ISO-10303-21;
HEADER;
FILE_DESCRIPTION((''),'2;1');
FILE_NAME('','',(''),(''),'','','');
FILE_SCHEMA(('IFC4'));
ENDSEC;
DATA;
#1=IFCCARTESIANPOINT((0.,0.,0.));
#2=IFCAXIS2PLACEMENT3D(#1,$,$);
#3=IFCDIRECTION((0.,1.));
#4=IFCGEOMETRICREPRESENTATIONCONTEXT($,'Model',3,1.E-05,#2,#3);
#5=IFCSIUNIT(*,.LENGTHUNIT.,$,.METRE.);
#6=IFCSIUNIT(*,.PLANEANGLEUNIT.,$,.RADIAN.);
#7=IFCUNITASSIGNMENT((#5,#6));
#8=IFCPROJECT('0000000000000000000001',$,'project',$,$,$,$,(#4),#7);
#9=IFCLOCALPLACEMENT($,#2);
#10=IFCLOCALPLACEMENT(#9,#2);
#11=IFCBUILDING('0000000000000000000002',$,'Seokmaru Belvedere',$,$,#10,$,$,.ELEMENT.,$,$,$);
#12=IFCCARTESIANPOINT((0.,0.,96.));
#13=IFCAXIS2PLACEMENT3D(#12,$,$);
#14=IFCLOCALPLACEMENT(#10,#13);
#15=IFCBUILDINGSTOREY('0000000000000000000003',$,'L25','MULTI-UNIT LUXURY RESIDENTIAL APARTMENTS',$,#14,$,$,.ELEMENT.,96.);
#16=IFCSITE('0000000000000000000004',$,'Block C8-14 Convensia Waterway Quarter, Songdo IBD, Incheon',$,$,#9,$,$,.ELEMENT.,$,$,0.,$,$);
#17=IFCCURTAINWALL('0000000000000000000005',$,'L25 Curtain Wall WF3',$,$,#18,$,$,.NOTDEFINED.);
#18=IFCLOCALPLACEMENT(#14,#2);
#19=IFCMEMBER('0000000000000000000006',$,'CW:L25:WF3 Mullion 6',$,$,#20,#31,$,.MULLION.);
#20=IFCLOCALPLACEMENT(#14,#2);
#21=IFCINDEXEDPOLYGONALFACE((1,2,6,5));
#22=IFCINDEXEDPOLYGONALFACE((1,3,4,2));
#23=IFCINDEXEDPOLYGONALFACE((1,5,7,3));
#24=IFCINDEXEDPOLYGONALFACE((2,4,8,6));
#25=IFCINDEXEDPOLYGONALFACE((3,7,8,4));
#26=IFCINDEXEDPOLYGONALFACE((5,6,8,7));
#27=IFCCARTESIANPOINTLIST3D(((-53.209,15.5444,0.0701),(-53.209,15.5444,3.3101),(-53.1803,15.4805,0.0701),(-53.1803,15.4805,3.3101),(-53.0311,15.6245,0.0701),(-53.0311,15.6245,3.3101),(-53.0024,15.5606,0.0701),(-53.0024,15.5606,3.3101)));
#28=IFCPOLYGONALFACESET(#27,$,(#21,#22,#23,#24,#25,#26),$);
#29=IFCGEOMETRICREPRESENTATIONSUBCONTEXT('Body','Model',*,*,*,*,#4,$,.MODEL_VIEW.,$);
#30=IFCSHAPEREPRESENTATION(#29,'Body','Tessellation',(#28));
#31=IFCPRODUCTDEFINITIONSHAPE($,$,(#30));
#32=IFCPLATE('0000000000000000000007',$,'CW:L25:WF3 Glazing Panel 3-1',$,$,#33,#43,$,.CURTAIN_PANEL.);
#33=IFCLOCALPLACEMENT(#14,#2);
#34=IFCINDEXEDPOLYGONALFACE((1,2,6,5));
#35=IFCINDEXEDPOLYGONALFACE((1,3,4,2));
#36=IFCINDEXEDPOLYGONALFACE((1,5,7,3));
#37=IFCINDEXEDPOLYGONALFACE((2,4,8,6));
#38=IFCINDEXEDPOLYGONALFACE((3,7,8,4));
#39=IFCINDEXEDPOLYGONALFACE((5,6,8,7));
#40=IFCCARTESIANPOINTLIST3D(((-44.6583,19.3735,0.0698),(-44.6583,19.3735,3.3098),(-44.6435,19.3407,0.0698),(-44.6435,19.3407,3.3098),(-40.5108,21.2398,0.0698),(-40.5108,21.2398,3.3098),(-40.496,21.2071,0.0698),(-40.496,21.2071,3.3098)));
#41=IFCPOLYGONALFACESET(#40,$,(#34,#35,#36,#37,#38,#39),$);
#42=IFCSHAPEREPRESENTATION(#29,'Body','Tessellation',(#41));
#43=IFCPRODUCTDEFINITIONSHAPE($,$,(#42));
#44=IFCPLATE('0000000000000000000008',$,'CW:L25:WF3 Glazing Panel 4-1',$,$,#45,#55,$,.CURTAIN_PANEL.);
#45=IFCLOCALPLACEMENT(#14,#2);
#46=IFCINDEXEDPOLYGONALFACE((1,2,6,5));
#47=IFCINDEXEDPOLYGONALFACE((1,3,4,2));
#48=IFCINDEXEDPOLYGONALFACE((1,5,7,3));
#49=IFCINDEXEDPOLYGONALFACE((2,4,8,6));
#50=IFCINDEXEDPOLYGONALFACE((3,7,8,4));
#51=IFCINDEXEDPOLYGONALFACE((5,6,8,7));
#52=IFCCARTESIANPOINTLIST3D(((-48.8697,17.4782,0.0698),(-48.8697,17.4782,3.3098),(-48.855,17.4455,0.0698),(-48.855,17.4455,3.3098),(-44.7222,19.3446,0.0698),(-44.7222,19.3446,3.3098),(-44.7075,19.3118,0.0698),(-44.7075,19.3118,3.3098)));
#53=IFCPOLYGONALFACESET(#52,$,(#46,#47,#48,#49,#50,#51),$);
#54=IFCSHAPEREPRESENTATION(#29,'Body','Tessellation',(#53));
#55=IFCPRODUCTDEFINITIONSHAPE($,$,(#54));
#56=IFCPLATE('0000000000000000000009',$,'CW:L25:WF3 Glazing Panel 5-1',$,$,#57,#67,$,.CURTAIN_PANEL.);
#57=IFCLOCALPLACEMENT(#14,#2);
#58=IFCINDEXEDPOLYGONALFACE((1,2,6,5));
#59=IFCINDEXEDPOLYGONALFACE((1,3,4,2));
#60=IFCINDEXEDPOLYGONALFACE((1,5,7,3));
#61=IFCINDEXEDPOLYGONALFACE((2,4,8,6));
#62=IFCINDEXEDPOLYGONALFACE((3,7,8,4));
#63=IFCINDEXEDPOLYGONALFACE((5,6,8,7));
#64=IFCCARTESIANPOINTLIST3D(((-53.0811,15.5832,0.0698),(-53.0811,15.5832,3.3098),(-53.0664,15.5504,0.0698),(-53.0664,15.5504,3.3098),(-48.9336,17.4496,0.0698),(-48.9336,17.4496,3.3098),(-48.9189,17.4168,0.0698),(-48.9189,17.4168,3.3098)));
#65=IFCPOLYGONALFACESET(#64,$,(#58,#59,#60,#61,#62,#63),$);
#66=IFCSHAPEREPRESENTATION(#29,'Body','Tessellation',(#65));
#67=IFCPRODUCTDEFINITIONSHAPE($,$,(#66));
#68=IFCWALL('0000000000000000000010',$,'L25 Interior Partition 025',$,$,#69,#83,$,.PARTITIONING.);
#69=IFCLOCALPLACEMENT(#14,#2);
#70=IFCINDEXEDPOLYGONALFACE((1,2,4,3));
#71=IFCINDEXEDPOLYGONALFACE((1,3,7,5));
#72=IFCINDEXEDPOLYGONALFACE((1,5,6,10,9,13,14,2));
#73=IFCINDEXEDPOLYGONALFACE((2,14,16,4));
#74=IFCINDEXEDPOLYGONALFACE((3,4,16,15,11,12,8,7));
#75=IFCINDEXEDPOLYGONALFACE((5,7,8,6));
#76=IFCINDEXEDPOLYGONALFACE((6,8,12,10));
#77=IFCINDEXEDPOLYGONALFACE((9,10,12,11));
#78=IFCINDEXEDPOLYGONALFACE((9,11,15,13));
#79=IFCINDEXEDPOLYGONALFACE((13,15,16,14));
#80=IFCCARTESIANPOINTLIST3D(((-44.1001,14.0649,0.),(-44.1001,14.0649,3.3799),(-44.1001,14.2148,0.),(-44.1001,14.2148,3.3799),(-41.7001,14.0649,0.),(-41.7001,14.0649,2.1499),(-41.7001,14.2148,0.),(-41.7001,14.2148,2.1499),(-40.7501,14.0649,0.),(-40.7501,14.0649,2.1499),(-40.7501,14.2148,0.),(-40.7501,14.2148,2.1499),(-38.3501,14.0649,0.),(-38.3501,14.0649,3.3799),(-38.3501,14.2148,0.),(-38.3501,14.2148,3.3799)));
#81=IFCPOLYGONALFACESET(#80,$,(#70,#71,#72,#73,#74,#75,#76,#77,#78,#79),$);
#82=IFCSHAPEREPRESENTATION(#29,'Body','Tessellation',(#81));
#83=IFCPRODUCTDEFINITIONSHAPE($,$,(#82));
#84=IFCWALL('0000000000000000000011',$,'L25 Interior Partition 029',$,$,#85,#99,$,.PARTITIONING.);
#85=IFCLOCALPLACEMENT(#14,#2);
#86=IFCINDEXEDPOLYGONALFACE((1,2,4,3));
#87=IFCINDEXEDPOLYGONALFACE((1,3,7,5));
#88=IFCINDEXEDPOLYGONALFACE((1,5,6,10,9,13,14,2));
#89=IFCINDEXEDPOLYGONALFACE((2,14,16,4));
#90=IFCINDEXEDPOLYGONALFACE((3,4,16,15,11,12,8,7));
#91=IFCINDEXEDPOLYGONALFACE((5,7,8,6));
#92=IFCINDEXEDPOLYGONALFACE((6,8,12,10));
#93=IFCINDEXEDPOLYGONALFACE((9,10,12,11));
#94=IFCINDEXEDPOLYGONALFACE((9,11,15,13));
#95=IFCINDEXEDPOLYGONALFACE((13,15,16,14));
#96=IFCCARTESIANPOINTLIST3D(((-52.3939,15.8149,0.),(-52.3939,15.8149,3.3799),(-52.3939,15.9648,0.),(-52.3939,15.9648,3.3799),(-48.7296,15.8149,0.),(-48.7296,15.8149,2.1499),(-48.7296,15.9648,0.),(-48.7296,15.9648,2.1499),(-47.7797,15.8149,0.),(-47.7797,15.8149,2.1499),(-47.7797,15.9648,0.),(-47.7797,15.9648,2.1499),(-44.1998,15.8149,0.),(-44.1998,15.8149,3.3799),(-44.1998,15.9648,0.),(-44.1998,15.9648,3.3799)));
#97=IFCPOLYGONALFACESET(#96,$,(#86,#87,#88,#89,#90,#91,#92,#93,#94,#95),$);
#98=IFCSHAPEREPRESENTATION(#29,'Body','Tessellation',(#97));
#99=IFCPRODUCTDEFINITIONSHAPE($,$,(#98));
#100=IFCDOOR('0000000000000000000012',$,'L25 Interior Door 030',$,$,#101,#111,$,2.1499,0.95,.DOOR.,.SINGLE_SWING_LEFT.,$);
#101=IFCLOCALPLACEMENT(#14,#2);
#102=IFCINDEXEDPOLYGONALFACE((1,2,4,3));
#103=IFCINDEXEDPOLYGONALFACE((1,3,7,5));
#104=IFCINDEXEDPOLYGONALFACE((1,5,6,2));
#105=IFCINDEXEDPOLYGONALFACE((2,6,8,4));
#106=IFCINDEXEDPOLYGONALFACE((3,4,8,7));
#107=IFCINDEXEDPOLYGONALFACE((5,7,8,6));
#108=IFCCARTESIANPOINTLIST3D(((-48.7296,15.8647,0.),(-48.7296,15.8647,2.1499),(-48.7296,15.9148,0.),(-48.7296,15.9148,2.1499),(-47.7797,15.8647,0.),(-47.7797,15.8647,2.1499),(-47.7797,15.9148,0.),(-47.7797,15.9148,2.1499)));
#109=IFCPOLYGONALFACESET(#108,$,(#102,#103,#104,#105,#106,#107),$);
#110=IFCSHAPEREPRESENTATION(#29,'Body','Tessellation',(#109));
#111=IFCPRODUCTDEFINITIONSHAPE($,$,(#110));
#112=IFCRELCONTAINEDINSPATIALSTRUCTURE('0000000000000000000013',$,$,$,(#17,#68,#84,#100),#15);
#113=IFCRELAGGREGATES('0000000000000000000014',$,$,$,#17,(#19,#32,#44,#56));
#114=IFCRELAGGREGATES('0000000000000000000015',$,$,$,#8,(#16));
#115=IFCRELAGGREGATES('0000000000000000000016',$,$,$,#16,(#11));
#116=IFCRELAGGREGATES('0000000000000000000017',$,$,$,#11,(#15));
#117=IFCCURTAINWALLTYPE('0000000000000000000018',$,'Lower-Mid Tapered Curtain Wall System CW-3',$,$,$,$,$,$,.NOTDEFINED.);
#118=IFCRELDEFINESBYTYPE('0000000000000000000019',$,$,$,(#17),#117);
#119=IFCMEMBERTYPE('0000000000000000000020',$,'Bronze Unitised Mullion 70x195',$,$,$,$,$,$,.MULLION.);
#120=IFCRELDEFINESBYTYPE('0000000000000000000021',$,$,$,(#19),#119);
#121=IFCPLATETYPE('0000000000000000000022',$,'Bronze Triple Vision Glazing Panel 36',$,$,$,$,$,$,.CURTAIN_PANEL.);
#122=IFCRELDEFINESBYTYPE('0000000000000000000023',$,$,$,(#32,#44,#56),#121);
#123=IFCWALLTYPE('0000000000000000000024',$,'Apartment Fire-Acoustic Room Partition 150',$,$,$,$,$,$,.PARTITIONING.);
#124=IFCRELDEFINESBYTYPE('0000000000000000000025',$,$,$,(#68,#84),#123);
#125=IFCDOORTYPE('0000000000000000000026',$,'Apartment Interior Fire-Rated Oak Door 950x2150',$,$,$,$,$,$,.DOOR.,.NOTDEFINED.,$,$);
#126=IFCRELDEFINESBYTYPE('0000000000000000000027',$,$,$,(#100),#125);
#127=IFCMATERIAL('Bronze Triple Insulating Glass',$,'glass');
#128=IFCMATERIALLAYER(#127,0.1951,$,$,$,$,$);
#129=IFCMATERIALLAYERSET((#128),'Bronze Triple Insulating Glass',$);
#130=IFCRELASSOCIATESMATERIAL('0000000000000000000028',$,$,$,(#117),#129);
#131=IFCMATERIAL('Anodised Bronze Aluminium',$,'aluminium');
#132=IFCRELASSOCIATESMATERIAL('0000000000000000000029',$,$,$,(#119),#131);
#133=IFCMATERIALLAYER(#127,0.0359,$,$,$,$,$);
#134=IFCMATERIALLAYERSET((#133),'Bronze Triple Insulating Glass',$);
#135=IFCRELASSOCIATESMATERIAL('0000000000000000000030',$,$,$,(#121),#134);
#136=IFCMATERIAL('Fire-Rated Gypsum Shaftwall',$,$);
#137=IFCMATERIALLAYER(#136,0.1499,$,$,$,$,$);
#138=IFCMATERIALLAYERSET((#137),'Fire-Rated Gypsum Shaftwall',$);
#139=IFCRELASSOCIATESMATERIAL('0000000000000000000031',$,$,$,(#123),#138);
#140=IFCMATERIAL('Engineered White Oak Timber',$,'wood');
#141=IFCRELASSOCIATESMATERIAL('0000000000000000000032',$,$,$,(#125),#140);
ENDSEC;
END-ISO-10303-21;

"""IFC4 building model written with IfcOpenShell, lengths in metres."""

from ifc_helpers import new_model, si_unit, direction, frame, frame_2d, origin, origin_2d, place, context, subcontext, project, spatial, rectangle, extrude, source, transform, mapped, material, layer, layer_set, material_profile, profile_set, type_object, type_shapes, element, fill, aggregate, save


model = new_model("IFC4")

# Units and contexts
model_context = context("Model", 3, precision=1e-05, world=origin(), true_north=direction((0.0, 1.0)))
body_context = subcontext(model_context, "Body", "Model", "MODEL_VIEW")
ifc_project = project(units=[si_unit("LENGTHUNIT", "METRE"), si_unit("PLANEANGLEUNIT", "RADIAN")], contexts=[model_context])

# Site, building, storey
site_placement = place(None, origin())
site = spatial("IfcSite", under=ifc_project, at=site_placement, Name="Block C8-14 Convensia Waterway Quarter, Songdo IBD, Incheon", CompositionType="ELEMENT", RefElevation=0.0)
building_placement = place(site_placement, origin())
building = spatial("IfcBuilding", under=site, at=building_placement, Name="Seokmaru Belvedere", CompositionType="ELEMENT")
storey_placement = place(building_placement, frame((0.0, 0.0, 96.0)))
storey = spatial("IfcBuildingStorey", under=building, at=storey_placement, Name="L25", Description="MULTI-UNIT LUXURY RESIDENTIAL APARTMENTS", CompositionType="ELEMENT", Elevation=96.0)

# Curtain wall, member, plates
ifc_material_1 = material(Name="Bronze Triple Insulating Glass", Category="glass")
ifc_layer_1 = layer(ifc_material_1, 0.1951)
ifc_layer_set_1 = layer_set([ifc_layer_1], Name="Bronze Triple Insulating Glass")
curtain_wall_type = type_object("IfcCurtainWallType", Name="Lower-Mid Tapered Curtain Wall System CW-3", PredefinedType="NOTDEFINED", material=ifc_layer_set_1)
curtain_wall_placement = place(storey_placement, origin())
curtain_wall = element("IfcCurtainWall", 1, at=curtain_wall_placement, inside=storey, type_object=curtain_wall_type, Name="L25 Curtain Wall WF3", PredefinedType="NOTDEFINED")
ifc_material_2 = material(Name="Anodised Bronze Aluminium", Category="aluminium")
ifc_material_profile_1 = material_profile(ifc_material_2, rectangle(XDim=0.0701, YDim=0.1951, at=origin_2d()), Name="CW-M-70x195")
ifc_profile_set_1 = profile_set([ifc_material_profile_1], Name="Anodised Bronze Aluminium")
member_type = type_object("IfcMemberType", Name="Bronze Unitised Mullion 70x195", PredefinedType="MULLION", material=ifc_profile_set_1)
shared_shape_1 = source(origin(), body_context, "Body", "SweptSolid", [
    extrude(rectangle(XDim=0.0701, YDim=0.1951, at=origin_2d()), origin(), (0.0, 0.0, 1.0), 3.24),
])
type_shapes(member_type, [shared_shape_1])
member_1_placement = place(storey_placement, frame((-53.1057, 15.5525, 0.0701), z_axis=(0.0, 0.0, 1.0), x_axis=(0.410366, -0.911921, 0.0)))
member_1 = element("IfcMember", 2, at=member_1_placement, type_object=member_type, Name="CW:L25:WF3 Mullion 6", PredefinedType="MULLION", context=body_context, shape_type="MappedRepresentation", body=[
    mapped(shared_shape_1, transform((0.0, 0.0, 0.0), scale=1.0)),
])
ifc_layer_2 = layer(ifc_material_1, 0.0359)
ifc_layer_set_2 = layer_set([ifc_layer_2], Name="Bronze Triple Insulating Glass")
plate_type = type_object("IfcPlateType", Name="Bronze Triple Vision Glazing Panel 36", PredefinedType="CURTAIN_PANEL", material=ifc_layer_set_2)
shared_shape_2 = source(origin(), body_context, "Body", "SweptSolid", [
    extrude(rectangle(XDim=4.5481, YDim=0.0359, at=origin_2d()), origin(), (0.0, 0.0, 1.0), 3.24),
])
type_shapes(plate_type, [shared_shape_2])
plate_1_placement = place(storey_placement, frame((-42.5771, 20.2903, 0.0698), z_axis=(0.0, 0.0, 1.0), x_axis=(-0.911921, -0.410366, 0.0)))
plate_1 = element("IfcPlate", 3, at=plate_1_placement, type_object=plate_type, Name="CW:L25:WF3 Glazing Panel 3-1", PredefinedType="CURTAIN_PANEL", context=body_context, shape_type="MappedRepresentation", body=[
    mapped(shared_shape_2, transform((0.0, 0.0, 0.0), scale=1.0)),
])
plate_2_placement = place(storey_placement, frame((-46.7886, 18.395, 0.0698), z_axis=(0.0, 0.0, 1.0), x_axis=(-0.911921, -0.410366, 0.0)))
plate_2 = element("IfcPlate", 4, at=plate_2_placement, type_object=plate_type, Name="CW:L25:WF3 Glazing Panel 4-1", PredefinedType="CURTAIN_PANEL", context=body_context, shape_type="MappedRepresentation", body=[
    mapped(shared_shape_2, transform((0.0, 0.0, 0.0), scale=1.0)),
])
plate_3_placement = place(storey_placement, frame((-51.0, 16.5, 0.0698), z_axis=(0.0, 0.0, 1.0), x_axis=(-0.911921, -0.410366, 0.0)))
plate_3 = element("IfcPlate", 5, at=plate_3_placement, type_object=plate_type, Name="CW:L25:WF3 Glazing Panel 5-1", PredefinedType="CURTAIN_PANEL", context=body_context, shape_type="MappedRepresentation", body=[
    mapped(shared_shape_2, transform((0.0, 0.0, 0.0), scale=1.0)),
])
aggregate(curtain_wall, [member_1, plate_1, plate_2, plate_3])

# Wall, opening
ifc_material_3 = material(Name="Fire-Rated Gypsum Shaftwall")
ifc_layer_3 = layer(ifc_material_3, 0.1499)
ifc_layer_set_3 = layer_set([ifc_layer_3], Name="Fire-Rated Gypsum Shaftwall")
wall_type = type_object("IfcWallType", Name="Apartment Fire-Acoustic Room Partition 150", PredefinedType="PARTITIONING", material=ifc_layer_set_3)
wall_1_placement = place(storey_placement, frame((-44.1001, 14.1399, 0.0), z_axis=(0.0, 0.0, 1.0), x_axis=(1.0, 0.0, 0.0)))
wall_1 = element("IfcWall", 6, at=wall_1_placement, inside=storey, type_object=wall_type, Name="L25 Interior Partition 025", PredefinedType="PARTITIONING", context=body_context, shape_type="SweptSolid", body=[
    extrude(rectangle(XDim=5.75, YDim=0.1499, at=frame_2d((2.875, 0.0))), origin(), (0.0, 0.0, 1.0), 3.3799),
])
opening_1_placement = place(wall_1_placement, frame((2.3999, 0.0, 0.0)))
element("IfcOpeningElement", 7, at=opening_1_placement, cuts=wall_1, PredefinedType="OPENING", context=body_context, shape_type="SweptSolid", body=[
    extrude(rectangle(XDim=0.95, YDim=2.1499, at=frame_2d((0.4751, 1.075))), frame((0.0, 0.085, 0.0), z_axis=(0.0, -1.0, 0.0), x_axis=(1.0, 0.0, 0.0)), (0.0, 0.0, 1.0), 0.1699),
])

# Wall, opening, door
wall_2_placement = place(storey_placement, frame((-52.394, 15.8899, 0.0), z_axis=(0.0, 0.0, 1.0), x_axis=(1.0, 0.0, 0.0)))
wall_2 = element("IfcWall", 8, at=wall_2_placement, inside=storey, type_object=wall_type, Name="L25 Interior Partition 029", PredefinedType="PARTITIONING", context=body_context, shape_type="SweptSolid", body=[
    extrude(rectangle(XDim=8.1941, YDim=0.1499, at=frame_2d((4.0972, 0.0))), origin(), (0.0, 0.0, 1.0), 3.3799),
])
opening_2_placement = place(wall_2_placement, frame((3.6643, 0.0, 0.0)))
opening_2 = element("IfcOpeningElement", 9, at=opening_2_placement, cuts=wall_2, PredefinedType="OPENING", context=body_context, shape_type="SweptSolid", body=[
    extrude(rectangle(XDim=0.95, YDim=2.1499, at=frame_2d((0.4751, 1.075))), frame((0.0, 0.085, 0.0), z_axis=(0.0, -1.0, 0.0), x_axis=(1.0, 0.0, 0.0)), (0.0, 0.0, 1.0), 0.1699),
])
ifc_material_4 = material(Name="Engineered White Oak Timber", Category="wood")
door_type = type_object("IfcDoorType", Name="Apartment Interior Fire-Rated Oak Door 950x2150", OperationType="NOTDEFINED", PredefinedType="DOOR", material=ifc_material_4)
shared_shape_3 = source(origin(), body_context, "Body", "SweptSolid", [
    extrude(rectangle(XDim=0.95, YDim=2.1499, at=frame_2d((0.4751, 1.075))), frame((0.0, 0.0249, 0.0), z_axis=(0.0, -1.0, 0.0), x_axis=(1.0, 0.0, 0.0)), (0.0, 0.0, 1.0), 0.05),
])
type_shapes(door_type, [shared_shape_3])
door_placement = place(opening_2_placement, origin())
door = element("IfcDoor", 10, at=door_placement, inside=storey, type_object=door_type, Name="L25 Interior Door 030", OperationType="SINGLE_SWING_LEFT", OverallHeight=2.1499, OverallWidth=0.95, PredefinedType="DOOR", context=body_context, shape_type="MappedRepresentation", body=[
    mapped(shared_shape_3, transform((0.0, 0.0, 0.0), scale=1.0)),
])
fill(opening_2, door)

save(model, "model.ifc")
